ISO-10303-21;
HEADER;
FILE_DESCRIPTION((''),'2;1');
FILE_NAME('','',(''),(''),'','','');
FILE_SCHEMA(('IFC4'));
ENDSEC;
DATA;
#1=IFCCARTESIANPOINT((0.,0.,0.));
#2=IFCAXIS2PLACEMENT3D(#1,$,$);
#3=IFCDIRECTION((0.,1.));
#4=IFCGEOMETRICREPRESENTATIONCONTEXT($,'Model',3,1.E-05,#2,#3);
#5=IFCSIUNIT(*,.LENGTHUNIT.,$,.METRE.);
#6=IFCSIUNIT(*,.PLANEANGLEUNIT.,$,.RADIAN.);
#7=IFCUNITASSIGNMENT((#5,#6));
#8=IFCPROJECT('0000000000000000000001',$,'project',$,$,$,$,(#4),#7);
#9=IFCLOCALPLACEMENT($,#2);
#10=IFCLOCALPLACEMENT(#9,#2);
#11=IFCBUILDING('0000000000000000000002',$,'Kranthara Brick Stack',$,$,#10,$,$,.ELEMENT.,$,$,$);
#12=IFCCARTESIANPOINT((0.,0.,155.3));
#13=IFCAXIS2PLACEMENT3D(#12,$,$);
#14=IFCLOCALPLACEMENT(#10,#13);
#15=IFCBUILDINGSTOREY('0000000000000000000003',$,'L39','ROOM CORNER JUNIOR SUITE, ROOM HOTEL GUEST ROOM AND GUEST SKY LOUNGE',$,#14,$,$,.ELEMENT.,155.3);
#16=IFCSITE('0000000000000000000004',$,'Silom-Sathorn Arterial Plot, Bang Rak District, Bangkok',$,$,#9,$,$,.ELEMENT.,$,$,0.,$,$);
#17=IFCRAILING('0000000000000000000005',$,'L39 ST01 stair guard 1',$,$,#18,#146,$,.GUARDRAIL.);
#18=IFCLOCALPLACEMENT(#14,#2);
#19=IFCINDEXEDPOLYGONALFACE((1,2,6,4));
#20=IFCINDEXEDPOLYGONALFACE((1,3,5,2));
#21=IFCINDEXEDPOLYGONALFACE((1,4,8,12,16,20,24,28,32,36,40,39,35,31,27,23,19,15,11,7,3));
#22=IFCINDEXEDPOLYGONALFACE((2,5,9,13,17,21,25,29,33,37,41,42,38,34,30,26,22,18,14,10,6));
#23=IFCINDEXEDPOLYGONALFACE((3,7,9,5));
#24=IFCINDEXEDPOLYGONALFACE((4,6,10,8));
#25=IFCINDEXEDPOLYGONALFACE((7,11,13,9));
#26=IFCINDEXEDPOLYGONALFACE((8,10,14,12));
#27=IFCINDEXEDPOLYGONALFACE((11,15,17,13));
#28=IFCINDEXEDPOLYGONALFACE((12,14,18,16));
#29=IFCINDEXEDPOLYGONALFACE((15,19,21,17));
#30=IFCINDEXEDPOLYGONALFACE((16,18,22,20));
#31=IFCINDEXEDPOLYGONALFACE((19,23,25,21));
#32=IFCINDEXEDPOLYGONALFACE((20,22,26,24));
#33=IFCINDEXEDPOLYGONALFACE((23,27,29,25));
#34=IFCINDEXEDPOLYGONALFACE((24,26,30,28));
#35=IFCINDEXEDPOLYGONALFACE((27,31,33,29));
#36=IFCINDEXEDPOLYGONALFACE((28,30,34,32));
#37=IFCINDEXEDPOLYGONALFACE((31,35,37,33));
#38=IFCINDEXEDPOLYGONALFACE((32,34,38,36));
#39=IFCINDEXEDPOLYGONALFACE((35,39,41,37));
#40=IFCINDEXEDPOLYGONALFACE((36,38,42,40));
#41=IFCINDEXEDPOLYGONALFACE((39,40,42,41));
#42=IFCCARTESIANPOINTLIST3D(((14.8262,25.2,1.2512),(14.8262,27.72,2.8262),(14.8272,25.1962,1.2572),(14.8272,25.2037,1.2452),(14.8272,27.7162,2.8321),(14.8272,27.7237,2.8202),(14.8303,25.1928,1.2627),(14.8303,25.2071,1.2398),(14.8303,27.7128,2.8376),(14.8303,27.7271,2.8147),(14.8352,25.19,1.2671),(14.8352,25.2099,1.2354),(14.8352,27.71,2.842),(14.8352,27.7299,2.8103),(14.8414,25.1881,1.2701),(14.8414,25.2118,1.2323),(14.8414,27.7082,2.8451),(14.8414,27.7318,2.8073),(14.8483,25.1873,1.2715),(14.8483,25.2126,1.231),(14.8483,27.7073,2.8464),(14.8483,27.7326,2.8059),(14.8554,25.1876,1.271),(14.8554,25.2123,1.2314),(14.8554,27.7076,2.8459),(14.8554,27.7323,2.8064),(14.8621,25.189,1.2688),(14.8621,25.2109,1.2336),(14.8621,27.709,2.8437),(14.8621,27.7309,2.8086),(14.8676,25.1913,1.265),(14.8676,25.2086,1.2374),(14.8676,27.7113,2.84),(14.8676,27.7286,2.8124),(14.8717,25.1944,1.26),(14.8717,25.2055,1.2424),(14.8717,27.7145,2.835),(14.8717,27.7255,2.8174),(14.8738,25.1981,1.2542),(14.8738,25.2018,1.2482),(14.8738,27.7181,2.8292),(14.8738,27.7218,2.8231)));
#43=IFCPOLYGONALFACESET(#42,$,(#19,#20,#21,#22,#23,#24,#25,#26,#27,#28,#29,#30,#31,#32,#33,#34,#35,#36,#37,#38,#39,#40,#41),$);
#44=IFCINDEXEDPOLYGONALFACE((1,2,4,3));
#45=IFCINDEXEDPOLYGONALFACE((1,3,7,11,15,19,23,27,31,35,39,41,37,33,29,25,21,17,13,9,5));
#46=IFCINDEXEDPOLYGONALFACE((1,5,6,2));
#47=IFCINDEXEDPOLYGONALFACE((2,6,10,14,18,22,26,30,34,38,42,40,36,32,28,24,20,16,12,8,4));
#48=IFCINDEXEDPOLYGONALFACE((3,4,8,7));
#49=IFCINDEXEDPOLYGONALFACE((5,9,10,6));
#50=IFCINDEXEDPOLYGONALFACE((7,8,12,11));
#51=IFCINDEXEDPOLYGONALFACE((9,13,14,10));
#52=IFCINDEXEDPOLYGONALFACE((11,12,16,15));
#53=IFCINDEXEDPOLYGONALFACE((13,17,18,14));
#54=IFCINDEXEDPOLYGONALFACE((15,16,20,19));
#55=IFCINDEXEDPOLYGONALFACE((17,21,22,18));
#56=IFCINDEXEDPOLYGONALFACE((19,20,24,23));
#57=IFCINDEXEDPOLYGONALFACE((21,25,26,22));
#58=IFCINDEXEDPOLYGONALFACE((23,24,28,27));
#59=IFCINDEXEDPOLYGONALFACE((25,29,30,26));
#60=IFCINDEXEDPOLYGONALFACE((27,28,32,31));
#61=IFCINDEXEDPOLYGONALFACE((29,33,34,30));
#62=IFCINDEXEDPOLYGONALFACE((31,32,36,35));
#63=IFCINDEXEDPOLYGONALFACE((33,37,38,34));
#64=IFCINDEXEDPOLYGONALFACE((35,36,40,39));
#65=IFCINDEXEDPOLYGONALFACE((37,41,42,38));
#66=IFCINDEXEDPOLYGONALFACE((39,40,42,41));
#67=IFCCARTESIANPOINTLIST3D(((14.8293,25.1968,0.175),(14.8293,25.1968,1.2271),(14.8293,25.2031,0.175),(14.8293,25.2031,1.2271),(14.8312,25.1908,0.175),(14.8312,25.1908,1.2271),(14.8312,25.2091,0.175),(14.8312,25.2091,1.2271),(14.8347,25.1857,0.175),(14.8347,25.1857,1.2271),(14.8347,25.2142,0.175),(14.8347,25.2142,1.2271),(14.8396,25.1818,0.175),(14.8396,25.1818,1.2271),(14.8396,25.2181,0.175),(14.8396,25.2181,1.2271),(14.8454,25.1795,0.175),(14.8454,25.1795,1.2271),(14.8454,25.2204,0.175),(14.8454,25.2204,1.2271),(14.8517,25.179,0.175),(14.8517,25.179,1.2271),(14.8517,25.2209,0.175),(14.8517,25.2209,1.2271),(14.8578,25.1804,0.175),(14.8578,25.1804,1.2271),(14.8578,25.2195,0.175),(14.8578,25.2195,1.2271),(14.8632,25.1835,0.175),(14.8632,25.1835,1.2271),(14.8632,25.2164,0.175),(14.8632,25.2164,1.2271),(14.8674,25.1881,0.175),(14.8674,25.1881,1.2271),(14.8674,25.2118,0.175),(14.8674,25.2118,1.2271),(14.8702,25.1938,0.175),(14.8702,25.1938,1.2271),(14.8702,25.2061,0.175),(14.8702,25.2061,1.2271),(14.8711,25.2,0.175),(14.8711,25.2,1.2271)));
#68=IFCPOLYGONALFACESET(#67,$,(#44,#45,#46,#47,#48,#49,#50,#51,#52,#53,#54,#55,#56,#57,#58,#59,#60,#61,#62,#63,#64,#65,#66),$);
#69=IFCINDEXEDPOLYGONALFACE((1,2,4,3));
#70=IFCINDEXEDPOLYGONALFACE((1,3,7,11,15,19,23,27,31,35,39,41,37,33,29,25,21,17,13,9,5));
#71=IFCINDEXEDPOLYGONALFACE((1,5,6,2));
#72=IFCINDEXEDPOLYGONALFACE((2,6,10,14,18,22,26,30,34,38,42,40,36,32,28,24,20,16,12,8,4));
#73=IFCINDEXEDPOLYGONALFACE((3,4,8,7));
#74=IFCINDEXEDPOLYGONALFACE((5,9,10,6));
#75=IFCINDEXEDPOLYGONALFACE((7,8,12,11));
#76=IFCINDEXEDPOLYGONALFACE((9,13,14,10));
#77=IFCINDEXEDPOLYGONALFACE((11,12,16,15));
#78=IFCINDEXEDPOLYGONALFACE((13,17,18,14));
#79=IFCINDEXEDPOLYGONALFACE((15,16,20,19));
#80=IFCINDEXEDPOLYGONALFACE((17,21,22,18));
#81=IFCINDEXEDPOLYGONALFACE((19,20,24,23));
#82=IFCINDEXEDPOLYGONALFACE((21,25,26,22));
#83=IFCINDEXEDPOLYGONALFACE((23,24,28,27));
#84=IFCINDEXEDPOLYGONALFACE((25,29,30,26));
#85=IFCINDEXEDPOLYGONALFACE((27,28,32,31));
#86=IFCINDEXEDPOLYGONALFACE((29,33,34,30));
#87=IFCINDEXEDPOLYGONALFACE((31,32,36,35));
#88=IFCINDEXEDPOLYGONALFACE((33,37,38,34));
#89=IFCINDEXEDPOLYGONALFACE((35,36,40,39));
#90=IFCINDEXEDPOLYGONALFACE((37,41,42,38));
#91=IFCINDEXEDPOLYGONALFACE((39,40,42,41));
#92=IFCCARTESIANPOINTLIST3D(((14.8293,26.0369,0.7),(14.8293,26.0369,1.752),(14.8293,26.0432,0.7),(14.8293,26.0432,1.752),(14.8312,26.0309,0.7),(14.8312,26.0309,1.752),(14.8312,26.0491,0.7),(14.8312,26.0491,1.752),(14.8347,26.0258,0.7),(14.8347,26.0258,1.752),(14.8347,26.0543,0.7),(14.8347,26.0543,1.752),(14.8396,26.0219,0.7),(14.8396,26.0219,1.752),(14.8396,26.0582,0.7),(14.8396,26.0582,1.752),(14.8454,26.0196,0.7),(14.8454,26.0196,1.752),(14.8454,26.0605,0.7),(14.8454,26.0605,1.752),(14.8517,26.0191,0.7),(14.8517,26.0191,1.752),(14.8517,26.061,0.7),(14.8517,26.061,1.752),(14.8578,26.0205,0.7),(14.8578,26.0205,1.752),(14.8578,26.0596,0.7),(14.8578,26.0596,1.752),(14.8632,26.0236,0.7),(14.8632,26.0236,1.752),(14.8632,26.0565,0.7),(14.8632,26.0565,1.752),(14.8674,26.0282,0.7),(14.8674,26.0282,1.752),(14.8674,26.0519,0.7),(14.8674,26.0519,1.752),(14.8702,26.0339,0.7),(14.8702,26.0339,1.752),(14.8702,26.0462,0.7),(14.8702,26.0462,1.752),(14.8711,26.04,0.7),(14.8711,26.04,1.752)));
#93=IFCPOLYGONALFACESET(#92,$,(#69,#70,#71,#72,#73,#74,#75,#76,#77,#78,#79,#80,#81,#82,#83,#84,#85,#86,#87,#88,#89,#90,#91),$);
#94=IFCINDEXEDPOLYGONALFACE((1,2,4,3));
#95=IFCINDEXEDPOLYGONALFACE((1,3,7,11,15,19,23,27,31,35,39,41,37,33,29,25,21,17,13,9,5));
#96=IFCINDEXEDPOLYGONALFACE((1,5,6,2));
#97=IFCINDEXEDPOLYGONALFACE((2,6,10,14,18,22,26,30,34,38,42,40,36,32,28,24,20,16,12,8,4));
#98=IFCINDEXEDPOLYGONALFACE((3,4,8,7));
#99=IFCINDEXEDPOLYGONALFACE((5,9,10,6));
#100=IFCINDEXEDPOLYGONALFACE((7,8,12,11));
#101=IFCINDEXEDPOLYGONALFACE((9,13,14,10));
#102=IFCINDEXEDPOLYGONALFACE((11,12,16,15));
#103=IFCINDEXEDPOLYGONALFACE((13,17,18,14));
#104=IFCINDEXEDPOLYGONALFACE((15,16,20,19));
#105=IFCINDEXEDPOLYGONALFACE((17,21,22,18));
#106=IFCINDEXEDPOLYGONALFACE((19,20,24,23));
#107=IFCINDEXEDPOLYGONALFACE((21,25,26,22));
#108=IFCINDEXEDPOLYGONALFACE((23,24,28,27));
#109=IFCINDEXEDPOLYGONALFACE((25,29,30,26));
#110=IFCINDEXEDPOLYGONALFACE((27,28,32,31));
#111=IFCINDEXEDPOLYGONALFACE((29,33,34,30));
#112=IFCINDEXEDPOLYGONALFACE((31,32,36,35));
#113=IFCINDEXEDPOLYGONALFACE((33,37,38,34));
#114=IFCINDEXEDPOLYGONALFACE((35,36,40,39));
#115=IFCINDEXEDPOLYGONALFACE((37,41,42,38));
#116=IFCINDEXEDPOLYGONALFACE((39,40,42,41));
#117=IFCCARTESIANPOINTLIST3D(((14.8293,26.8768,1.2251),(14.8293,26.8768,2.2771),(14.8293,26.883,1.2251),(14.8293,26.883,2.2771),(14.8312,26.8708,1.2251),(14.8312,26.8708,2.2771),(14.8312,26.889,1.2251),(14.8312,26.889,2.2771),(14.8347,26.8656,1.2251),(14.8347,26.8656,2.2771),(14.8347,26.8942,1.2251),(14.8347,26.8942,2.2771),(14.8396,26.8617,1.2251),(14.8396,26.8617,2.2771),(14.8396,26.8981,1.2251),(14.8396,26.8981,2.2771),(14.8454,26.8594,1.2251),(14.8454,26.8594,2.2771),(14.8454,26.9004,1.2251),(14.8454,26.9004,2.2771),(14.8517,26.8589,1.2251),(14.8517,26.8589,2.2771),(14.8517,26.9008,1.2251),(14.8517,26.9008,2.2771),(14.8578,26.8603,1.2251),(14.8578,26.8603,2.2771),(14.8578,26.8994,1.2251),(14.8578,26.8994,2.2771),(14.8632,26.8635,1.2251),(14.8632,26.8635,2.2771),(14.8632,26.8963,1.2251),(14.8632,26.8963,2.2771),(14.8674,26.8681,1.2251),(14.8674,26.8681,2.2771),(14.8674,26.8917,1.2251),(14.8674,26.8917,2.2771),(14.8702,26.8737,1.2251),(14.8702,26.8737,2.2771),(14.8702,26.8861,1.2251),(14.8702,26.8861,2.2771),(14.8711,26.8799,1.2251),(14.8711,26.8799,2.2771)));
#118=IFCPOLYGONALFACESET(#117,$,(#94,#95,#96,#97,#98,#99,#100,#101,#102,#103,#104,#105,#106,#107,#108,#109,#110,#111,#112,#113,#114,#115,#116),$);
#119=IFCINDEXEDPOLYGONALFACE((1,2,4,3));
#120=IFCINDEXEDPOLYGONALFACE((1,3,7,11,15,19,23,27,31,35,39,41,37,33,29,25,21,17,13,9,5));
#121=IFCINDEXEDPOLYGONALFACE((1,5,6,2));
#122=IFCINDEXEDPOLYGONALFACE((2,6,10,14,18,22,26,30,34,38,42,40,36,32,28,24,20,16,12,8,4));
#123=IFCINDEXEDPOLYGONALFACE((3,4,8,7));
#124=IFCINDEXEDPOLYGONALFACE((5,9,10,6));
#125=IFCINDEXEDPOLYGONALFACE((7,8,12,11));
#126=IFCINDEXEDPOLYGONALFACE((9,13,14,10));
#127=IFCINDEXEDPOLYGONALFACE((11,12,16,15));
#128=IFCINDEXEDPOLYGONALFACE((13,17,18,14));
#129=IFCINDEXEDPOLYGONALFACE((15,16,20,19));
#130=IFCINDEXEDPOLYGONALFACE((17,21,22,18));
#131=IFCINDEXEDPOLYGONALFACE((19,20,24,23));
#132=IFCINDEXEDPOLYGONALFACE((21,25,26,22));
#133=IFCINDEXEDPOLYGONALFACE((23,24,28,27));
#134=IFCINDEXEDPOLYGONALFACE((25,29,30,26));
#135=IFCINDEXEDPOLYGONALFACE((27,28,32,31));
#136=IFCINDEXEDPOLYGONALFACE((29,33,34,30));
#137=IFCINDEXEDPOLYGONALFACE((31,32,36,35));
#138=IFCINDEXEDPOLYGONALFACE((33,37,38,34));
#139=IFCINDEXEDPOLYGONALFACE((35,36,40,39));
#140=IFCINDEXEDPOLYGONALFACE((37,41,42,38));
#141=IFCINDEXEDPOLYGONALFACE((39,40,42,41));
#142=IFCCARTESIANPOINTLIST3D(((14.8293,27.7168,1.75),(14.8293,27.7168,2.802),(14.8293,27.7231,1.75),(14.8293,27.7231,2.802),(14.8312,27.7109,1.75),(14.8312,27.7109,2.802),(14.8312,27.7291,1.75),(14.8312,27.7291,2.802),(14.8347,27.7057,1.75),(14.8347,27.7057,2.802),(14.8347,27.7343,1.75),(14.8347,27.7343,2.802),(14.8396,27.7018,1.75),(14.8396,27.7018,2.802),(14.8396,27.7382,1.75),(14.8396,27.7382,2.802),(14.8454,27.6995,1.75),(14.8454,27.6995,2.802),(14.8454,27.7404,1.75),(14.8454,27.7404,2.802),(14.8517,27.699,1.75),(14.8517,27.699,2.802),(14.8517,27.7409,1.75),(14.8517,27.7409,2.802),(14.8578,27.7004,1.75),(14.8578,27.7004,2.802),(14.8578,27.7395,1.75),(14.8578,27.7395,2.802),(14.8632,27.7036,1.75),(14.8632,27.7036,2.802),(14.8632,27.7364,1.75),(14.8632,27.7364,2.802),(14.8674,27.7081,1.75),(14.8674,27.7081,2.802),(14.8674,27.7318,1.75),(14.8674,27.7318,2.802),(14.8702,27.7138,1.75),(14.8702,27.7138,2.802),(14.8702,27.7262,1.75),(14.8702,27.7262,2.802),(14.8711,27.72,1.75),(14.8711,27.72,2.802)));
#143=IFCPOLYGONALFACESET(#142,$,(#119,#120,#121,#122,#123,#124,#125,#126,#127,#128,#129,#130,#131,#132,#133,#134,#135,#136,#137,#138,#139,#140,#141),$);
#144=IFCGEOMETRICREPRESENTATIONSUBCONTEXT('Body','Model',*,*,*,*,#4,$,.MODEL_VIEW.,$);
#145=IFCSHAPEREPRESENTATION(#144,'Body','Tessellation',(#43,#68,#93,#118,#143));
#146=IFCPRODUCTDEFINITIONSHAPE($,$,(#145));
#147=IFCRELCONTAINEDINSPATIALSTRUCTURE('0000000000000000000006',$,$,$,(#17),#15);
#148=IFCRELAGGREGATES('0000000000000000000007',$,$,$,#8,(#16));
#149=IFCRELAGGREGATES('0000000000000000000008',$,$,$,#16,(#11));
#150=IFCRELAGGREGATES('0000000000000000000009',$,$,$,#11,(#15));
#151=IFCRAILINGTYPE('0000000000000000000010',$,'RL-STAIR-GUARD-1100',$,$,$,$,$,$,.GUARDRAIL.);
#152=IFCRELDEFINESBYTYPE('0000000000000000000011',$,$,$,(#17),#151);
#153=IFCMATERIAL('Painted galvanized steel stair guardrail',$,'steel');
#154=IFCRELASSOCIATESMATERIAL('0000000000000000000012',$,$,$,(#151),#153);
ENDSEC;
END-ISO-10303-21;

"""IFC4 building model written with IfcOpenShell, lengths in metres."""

from ifc_helpers import new_model, si_unit, direction, frame, origin, origin_2d, place, context, subcontext, project, spatial, circle, extrude, material, type_object, element, save


model = new_model("IFC4")

# Units and contexts
model_context = context("Model", 3, precision=1e-05, world=origin(), true_north=direction((0.0, 1.0)))
body_context = subcontext(model_context, "Body", "Model", "MODEL_VIEW")
ifc_project = project(units=[si_unit("LENGTHUNIT", "METRE"), si_unit("PLANEANGLEUNIT", "RADIAN")], contexts=[model_context])

# Site, building, storey
site_placement = place(None, origin())
site = spatial("IfcSite", under=ifc_project, at=site_placement, Name="Silom-Sathorn Arterial Plot, Bang Rak District, Bangkok", CompositionType="ELEMENT", RefElevation=0.0)
building_placement = place(site_placement, origin())
building = spatial("IfcBuilding", under=site, at=building_placement, Name="Kranthara Brick Stack", CompositionType="ELEMENT")
storey_placement = place(building_placement, frame((0.0, 0.0, 155.3)))
storey = spatial("IfcBuildingStorey", under=building, at=storey_placement, Name="L39", Description="ROOM CORNER JUNIOR SUITE, ROOM HOTEL GUEST ROOM AND GUEST SKY LOUNGE", CompositionType="ELEMENT", Elevation=155.3)

# Railing
ifc_material_1 = material(Name="Painted galvanized steel stair guardrail", Category="steel")
railing_type_1 = type_object("IfcRailingType", Name="RL-STAIR-GUARD-1100", PredefinedType="GUARDRAIL", material=ifc_material_1)
railing_1_placement = place(storey_placement, frame((14.8501, 25.2, 0.175)))
element("IfcRailing", 1, at=railing_1_placement, inside=storey, type_object=railing_type_1, Name="L39 ST01 stair guard 1", PredefinedType="GUARDRAIL", context=body_context, shape_type="SweptSolid", body=[
    extrude(circle(Radius=0.0239, at=origin_2d()), frame((0.0, 0.0, 1.0762), z_axis=(0.0, 0.848008, 0.529984), x_axis=(-1.0, 0.0, 0.0)), (0.0, 0.0, 1.0), 2.9717),
    extrude(circle(Radius=0.021, at=origin_2d()), origin(), (0.0, 0.0, 1.0), 1.052),
    extrude(circle(Radius=0.021, at=origin_2d()), frame((0.0, 0.8401, 0.5249)), (0.0, 0.0, 1.0), 1.052),
    extrude(circle(Radius=0.021, at=origin_2d()), frame((0.0, 1.6799, 1.05)), (0.0, 0.0, 1.0), 1.052),
    extrude(circle(Radius=0.021, at=origin_2d()), frame((0.0, 2.52, 1.575)), (0.0, 0.0, 1.0), 1.052),
])

save(model, "model.ifc")
